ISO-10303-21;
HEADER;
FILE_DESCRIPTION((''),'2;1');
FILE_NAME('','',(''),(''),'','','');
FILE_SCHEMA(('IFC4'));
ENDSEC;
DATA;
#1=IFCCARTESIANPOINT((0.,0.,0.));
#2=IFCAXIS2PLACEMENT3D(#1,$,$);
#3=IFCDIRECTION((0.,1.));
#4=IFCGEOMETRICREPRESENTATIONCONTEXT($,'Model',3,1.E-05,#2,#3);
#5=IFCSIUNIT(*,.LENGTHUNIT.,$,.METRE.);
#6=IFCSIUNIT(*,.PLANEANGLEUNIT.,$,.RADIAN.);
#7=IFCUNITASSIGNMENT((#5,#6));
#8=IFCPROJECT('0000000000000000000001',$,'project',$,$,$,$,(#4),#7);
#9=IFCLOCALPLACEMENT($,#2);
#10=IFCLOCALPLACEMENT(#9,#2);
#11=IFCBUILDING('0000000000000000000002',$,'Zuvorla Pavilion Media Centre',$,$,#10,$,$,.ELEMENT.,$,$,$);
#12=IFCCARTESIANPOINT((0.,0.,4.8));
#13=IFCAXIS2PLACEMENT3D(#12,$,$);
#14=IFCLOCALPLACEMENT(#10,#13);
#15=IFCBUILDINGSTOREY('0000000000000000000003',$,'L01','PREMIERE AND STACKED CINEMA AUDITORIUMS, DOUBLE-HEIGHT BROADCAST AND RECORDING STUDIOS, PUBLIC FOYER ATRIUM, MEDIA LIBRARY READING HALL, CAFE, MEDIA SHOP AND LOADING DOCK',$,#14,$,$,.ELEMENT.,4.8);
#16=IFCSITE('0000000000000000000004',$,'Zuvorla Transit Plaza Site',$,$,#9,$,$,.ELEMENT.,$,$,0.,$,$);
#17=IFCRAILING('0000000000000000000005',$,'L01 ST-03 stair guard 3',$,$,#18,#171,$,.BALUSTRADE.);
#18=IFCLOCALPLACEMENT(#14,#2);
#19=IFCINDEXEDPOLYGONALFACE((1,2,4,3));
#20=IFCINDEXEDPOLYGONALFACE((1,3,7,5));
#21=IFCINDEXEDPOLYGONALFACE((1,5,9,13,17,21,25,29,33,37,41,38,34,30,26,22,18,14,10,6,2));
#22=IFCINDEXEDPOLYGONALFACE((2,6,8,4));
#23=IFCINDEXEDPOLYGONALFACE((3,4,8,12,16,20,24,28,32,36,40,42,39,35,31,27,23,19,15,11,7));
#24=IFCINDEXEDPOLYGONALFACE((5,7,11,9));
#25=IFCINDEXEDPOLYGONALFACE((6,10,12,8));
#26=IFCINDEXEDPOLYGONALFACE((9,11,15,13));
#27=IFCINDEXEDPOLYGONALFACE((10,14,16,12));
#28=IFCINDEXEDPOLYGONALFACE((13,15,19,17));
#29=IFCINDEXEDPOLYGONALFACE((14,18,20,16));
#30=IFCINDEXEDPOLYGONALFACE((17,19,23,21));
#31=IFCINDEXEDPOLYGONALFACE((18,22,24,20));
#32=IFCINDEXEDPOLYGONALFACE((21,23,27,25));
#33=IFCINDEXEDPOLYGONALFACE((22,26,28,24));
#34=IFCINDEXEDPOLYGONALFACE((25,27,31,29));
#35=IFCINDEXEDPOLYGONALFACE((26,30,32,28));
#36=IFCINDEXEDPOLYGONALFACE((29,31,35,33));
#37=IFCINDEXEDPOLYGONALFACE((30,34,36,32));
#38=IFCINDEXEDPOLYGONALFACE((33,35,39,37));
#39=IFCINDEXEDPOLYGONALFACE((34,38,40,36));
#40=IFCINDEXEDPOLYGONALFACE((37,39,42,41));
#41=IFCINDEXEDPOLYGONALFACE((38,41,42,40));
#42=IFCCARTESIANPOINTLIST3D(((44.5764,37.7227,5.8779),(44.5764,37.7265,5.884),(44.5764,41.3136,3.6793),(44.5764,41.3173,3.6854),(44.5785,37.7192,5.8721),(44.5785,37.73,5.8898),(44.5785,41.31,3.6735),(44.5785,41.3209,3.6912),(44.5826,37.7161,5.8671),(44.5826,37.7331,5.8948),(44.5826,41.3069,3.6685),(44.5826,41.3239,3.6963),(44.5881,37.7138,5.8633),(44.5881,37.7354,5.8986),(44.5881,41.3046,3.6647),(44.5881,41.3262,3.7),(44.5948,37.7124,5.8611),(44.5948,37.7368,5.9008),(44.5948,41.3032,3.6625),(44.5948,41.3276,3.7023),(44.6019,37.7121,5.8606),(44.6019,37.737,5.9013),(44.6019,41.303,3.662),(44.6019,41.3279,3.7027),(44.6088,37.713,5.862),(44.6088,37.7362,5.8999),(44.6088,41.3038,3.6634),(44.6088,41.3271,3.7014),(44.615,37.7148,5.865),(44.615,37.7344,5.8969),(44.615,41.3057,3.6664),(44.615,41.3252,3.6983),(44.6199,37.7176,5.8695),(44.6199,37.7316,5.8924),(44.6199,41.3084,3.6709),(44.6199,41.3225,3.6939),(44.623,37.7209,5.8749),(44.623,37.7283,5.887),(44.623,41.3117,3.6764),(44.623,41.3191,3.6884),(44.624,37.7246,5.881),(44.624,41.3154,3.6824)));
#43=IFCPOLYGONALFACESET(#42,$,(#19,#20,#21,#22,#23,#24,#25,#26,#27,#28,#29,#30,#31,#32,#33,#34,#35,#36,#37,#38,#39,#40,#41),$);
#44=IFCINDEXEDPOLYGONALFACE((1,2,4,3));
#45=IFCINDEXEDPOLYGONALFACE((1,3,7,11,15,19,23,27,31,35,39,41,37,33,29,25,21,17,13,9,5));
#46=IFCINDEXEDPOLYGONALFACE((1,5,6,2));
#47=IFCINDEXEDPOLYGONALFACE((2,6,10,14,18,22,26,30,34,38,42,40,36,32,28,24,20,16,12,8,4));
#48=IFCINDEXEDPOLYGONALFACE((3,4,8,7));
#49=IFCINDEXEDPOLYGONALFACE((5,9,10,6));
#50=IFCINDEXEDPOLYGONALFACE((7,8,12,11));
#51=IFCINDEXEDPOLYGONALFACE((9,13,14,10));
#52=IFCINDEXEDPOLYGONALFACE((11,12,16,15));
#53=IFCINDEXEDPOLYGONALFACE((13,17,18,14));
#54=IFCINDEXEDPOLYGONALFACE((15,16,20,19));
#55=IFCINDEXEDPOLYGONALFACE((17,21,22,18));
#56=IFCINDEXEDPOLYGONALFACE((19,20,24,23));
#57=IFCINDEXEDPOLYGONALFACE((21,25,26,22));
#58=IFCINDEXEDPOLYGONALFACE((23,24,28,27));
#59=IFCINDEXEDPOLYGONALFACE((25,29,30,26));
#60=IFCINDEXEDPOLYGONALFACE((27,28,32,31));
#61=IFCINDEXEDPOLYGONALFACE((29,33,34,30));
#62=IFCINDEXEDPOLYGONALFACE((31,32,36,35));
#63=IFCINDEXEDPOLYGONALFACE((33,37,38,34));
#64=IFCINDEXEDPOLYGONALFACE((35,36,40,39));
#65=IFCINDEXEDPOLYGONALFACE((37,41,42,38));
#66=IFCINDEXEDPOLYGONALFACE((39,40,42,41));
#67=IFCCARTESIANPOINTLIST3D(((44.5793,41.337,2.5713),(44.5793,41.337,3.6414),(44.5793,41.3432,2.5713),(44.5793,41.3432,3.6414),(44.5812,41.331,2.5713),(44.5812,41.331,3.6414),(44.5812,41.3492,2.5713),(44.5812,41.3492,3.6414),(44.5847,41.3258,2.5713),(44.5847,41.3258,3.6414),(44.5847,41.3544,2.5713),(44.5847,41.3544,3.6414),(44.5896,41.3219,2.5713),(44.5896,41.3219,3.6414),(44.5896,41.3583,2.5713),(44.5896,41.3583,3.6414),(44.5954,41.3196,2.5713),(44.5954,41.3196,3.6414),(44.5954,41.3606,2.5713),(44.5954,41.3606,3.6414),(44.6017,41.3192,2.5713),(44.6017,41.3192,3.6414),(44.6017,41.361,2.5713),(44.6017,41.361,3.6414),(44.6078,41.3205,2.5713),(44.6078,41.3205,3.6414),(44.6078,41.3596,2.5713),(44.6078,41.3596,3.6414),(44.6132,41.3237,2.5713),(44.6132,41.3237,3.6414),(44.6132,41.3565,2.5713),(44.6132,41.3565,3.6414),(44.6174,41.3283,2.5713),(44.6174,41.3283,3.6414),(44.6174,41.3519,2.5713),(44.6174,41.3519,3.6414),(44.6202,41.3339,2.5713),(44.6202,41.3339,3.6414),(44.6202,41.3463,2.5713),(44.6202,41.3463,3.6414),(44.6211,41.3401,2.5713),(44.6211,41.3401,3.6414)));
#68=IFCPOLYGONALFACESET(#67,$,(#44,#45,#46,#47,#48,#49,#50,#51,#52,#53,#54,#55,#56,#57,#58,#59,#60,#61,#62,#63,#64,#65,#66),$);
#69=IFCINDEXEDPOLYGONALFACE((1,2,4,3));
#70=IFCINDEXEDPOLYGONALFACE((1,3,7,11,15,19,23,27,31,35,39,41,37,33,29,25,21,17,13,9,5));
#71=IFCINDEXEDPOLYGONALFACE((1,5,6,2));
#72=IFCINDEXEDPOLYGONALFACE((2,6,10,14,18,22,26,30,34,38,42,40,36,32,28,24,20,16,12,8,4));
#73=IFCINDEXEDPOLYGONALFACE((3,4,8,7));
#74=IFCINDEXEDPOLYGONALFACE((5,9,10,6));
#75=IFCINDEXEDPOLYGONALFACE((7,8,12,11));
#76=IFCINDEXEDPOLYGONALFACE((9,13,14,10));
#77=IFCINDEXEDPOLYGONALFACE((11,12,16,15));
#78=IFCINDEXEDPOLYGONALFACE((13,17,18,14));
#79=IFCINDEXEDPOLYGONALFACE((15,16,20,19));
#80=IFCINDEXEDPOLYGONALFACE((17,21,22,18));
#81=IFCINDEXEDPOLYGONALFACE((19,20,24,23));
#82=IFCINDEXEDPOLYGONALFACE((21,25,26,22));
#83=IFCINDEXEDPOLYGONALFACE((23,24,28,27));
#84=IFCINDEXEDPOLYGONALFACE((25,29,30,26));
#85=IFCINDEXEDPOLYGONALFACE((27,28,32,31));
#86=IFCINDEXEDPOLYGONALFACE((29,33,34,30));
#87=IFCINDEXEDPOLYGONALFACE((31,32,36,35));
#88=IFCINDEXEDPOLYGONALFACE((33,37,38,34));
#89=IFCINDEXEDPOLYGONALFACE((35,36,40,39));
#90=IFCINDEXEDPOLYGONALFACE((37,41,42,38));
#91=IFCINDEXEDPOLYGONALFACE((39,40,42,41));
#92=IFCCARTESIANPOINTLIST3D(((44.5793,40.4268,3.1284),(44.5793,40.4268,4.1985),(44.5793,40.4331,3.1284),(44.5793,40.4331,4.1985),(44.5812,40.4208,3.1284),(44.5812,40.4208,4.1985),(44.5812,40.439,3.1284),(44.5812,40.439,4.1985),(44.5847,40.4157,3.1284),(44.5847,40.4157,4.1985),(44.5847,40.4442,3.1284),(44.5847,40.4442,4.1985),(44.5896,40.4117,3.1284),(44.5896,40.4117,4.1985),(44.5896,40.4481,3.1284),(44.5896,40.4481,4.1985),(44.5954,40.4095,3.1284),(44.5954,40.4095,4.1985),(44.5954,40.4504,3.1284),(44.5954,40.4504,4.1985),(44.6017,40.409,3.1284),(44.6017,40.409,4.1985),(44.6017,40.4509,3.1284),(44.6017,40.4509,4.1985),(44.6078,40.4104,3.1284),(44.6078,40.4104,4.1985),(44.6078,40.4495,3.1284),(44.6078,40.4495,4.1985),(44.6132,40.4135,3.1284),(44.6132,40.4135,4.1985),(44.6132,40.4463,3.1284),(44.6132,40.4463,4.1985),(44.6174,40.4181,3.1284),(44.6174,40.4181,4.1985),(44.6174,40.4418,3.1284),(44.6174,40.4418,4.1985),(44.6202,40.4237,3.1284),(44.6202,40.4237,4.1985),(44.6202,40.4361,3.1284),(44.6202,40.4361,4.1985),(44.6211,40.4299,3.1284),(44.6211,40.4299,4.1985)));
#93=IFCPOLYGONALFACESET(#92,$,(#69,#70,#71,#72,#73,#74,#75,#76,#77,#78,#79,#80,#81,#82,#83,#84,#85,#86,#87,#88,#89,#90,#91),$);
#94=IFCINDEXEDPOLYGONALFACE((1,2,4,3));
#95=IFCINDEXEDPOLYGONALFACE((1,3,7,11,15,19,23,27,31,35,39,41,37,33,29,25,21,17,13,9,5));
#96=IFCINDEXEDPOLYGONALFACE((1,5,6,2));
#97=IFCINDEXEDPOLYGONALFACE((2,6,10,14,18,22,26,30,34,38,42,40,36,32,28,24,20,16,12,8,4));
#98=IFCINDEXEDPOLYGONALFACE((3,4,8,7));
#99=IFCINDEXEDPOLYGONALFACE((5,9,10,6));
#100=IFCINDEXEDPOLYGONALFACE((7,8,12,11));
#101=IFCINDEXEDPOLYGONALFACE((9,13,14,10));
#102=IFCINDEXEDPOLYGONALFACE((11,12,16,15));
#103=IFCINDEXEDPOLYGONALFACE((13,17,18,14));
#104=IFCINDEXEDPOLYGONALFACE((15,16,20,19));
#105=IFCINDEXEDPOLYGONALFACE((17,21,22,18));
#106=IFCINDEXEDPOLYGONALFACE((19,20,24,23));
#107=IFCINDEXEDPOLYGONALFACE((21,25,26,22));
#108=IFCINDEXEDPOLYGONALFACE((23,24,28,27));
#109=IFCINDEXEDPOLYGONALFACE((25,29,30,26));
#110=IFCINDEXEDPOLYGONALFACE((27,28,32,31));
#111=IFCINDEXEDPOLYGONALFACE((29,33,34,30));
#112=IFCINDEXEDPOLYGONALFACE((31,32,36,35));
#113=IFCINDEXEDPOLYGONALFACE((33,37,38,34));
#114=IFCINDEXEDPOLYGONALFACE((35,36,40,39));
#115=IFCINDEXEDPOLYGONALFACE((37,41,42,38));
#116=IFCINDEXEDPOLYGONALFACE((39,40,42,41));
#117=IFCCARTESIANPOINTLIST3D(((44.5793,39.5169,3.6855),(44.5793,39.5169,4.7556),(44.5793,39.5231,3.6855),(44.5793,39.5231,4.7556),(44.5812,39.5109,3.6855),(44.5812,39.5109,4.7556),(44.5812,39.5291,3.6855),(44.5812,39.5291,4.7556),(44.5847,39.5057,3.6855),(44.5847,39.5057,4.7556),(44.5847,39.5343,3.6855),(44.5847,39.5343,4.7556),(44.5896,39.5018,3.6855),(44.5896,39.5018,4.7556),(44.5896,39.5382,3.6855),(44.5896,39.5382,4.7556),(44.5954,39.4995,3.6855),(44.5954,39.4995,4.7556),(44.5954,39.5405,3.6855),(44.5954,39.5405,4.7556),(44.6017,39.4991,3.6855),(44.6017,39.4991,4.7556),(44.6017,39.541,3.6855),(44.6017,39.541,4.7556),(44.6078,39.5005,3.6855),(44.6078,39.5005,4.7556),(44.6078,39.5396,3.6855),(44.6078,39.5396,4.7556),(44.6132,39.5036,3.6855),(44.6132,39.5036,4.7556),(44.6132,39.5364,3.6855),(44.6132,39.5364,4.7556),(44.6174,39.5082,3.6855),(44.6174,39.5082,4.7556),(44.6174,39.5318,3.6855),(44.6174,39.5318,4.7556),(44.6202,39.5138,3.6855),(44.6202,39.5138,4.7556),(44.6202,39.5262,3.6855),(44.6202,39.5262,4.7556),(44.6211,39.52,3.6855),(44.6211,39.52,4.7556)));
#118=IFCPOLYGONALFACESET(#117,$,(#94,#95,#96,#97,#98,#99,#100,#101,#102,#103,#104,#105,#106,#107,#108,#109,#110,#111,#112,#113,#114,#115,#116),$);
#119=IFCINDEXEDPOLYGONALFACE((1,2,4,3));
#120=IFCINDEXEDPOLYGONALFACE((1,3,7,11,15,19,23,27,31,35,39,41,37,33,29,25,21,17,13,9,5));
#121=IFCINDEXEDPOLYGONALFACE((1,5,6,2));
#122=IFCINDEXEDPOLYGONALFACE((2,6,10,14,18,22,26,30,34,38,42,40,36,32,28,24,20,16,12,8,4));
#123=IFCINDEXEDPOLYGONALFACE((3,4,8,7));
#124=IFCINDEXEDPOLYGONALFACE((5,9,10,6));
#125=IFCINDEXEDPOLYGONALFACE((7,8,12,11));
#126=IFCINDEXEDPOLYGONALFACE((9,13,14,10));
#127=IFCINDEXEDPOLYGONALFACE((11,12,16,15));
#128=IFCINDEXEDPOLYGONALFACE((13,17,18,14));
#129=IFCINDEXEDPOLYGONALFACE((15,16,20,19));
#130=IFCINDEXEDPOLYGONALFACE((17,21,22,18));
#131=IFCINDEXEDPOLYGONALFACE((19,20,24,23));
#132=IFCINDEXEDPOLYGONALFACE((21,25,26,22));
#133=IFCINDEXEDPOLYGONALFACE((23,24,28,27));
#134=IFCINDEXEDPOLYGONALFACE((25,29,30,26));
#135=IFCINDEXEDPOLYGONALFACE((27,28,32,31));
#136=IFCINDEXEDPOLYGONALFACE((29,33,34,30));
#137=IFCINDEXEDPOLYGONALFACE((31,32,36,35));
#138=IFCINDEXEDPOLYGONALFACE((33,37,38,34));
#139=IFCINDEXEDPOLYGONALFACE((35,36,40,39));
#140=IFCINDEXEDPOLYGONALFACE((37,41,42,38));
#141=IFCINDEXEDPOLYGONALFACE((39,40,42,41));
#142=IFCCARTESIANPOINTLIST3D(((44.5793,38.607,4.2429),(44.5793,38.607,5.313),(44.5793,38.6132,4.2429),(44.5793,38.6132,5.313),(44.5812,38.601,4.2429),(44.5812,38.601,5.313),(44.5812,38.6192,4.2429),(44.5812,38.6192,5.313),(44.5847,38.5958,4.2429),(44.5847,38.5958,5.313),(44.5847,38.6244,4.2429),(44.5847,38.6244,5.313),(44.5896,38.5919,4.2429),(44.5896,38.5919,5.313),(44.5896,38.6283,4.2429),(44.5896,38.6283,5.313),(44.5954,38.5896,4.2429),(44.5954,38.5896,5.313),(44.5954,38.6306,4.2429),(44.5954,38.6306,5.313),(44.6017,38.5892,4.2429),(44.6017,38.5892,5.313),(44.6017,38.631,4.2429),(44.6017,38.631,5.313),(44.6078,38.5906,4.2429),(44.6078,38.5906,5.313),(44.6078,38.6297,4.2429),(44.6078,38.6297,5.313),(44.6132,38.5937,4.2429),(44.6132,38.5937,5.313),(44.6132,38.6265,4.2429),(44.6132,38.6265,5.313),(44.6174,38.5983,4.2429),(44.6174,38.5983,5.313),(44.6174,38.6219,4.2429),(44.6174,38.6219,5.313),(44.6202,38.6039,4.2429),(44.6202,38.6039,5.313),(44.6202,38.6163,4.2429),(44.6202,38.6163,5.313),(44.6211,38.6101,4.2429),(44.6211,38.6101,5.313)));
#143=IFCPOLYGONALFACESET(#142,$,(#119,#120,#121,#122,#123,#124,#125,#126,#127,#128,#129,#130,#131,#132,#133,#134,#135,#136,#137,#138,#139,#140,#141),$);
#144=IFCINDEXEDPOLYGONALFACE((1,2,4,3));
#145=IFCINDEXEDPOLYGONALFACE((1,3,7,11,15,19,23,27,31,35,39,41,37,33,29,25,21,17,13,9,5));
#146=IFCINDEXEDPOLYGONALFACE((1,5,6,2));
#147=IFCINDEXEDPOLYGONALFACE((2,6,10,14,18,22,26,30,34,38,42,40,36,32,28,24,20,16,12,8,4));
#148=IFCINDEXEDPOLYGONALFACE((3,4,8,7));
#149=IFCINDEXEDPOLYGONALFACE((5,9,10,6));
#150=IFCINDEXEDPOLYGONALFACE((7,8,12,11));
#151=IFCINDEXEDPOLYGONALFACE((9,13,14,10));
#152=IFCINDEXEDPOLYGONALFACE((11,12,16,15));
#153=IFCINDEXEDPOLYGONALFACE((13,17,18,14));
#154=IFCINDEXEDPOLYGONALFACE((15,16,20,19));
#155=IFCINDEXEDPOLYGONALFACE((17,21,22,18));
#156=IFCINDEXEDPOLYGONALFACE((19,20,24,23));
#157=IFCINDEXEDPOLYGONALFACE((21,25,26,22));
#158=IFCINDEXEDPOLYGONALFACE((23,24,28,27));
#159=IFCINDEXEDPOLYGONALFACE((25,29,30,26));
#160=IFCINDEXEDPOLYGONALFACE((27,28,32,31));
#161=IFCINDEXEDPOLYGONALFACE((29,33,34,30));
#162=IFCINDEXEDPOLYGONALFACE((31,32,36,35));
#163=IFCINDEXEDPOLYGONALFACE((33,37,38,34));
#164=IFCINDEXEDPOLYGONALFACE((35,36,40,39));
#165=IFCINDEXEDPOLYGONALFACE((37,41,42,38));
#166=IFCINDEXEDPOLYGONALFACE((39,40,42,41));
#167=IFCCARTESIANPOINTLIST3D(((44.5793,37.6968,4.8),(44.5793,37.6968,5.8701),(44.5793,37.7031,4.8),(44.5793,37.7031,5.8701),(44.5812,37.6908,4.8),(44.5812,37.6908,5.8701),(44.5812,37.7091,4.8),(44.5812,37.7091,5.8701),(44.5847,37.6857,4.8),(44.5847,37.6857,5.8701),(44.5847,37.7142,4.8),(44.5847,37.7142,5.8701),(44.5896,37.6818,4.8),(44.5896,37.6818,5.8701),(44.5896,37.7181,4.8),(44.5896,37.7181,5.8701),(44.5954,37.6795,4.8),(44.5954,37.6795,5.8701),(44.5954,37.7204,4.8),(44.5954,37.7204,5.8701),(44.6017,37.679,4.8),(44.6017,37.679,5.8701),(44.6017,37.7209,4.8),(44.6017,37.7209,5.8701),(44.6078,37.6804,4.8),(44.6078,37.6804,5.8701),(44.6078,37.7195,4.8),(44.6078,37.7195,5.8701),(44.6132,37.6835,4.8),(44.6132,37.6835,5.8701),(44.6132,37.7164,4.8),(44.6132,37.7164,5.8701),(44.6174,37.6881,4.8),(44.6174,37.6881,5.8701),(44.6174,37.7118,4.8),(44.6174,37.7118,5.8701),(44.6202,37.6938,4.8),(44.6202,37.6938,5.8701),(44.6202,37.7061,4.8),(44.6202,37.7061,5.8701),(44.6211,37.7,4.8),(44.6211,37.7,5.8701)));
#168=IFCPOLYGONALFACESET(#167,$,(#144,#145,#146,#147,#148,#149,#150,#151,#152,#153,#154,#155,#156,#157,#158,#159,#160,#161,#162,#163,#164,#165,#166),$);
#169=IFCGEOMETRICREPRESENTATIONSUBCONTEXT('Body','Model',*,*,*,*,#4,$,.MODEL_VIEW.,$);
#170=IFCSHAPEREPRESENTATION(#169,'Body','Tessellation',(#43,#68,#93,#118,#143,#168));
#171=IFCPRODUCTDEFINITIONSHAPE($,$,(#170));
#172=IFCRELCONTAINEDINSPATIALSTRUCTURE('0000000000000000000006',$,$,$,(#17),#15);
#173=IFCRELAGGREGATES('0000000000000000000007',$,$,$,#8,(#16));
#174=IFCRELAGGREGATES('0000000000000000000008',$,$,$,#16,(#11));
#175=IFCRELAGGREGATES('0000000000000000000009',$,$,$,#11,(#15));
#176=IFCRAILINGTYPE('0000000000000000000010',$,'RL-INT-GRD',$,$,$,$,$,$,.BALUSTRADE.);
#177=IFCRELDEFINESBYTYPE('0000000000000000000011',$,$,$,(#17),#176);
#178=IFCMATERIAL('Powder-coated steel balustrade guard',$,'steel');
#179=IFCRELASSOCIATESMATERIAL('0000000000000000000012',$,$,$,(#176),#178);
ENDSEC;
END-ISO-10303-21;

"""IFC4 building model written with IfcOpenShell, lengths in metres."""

from ifc_helpers import new_model, si_unit, direction, frame, origin, origin_2d, place, context, subcontext, project, spatial, circle, extrude, material, type_object, element, save


model = new_model("IFC4")

# Units and contexts
model_context = context("Model", 3, precision=1e-05, world=origin(), true_north=direction((0.0, 1.0)))
body_context = subcontext(model_context, "Body", "Model", "MODEL_VIEW")
ifc_project = project(units=[si_unit("LENGTHUNIT", "METRE"), si_unit("PLANEANGLEUNIT", "RADIAN")], contexts=[model_context])

# Site, building, storey
site_placement = place(None, origin())
site = spatial("IfcSite", under=ifc_project, at=site_placement, Name="Zuvorla Transit Plaza Site", CompositionType="ELEMENT", RefElevation=0.0)
building_placement = place(site_placement, origin())
building = spatial("IfcBuilding", under=site, at=building_placement, Name="Zuvorla Pavilion Media Centre", CompositionType="ELEMENT")
storey_placement = place(building_placement, frame((0.0, 0.0, 4.8)))
storey = spatial("IfcBuildingStorey", under=building, at=storey_placement, Name="L01", Description="PREMIERE AND STACKED CINEMA AUDITORIUMS, DOUBLE-HEIGHT BROADCAST AND RECORDING STUDIOS, PUBLIC FOYER ATRIUM, MEDIA LIBRARY READING HALL, CAFE, MEDIA SHOP AND LOADING DOCK", CompositionType="ELEMENT", Elevation=4.8)

# Railing
ifc_material_1 = material(Name="Powder-coated steel balustrade guard", Category="steel")
railing_type_1 = type_object("IfcRailingType", Name="RL-INT-GRD", PredefinedType="BALUSTRADE", material=ifc_material_1)
railing_1_placement = place(storey_placement, frame((44.6001, 41.3401, 2.5713)))
element("IfcRailing", 1, at=railing_1_placement, inside=storey, type_object=railing_type_1, Name="L01 ST-03 stair guard 3", PredefinedType="BALUSTRADE", context=body_context, shape_type="SweptSolid", body=[
    extrude(circle(Radius=0.0239, at=origin_2d()), frame((0.0, -0.0247, 1.1111), z_axis=(0.0, -0.85284, 0.522172), x_axis=(1.0, 0.0, 0.0)), (0.0, 0.0, 1.0), 4.2104),
    extrude(circle(Radius=0.021, at=origin_2d()), origin(), (0.0, 0.0, 1.0), 1.0701),
    extrude(circle(Radius=0.021, at=origin_2d()), frame((0.0, -0.9102, 0.5571)), (0.0, 0.0, 1.0), 1.0701),
    extrude(circle(Radius=0.021, at=origin_2d()), frame((0.0, -1.8201, 1.1143)), (0.0, 0.0, 1.0), 1.0701),
    extrude(circle(Radius=0.021, at=origin_2d()), frame((0.0, -2.73, 1.6716)), (0.0, 0.0, 1.0), 1.0701),
    extrude(circle(Radius=0.021, at=origin_2d()), frame((0.0, -3.6401, 2.2288)), (0.0, 0.0, 1.0), 1.0701),
])

save(model, "model.ifc")
